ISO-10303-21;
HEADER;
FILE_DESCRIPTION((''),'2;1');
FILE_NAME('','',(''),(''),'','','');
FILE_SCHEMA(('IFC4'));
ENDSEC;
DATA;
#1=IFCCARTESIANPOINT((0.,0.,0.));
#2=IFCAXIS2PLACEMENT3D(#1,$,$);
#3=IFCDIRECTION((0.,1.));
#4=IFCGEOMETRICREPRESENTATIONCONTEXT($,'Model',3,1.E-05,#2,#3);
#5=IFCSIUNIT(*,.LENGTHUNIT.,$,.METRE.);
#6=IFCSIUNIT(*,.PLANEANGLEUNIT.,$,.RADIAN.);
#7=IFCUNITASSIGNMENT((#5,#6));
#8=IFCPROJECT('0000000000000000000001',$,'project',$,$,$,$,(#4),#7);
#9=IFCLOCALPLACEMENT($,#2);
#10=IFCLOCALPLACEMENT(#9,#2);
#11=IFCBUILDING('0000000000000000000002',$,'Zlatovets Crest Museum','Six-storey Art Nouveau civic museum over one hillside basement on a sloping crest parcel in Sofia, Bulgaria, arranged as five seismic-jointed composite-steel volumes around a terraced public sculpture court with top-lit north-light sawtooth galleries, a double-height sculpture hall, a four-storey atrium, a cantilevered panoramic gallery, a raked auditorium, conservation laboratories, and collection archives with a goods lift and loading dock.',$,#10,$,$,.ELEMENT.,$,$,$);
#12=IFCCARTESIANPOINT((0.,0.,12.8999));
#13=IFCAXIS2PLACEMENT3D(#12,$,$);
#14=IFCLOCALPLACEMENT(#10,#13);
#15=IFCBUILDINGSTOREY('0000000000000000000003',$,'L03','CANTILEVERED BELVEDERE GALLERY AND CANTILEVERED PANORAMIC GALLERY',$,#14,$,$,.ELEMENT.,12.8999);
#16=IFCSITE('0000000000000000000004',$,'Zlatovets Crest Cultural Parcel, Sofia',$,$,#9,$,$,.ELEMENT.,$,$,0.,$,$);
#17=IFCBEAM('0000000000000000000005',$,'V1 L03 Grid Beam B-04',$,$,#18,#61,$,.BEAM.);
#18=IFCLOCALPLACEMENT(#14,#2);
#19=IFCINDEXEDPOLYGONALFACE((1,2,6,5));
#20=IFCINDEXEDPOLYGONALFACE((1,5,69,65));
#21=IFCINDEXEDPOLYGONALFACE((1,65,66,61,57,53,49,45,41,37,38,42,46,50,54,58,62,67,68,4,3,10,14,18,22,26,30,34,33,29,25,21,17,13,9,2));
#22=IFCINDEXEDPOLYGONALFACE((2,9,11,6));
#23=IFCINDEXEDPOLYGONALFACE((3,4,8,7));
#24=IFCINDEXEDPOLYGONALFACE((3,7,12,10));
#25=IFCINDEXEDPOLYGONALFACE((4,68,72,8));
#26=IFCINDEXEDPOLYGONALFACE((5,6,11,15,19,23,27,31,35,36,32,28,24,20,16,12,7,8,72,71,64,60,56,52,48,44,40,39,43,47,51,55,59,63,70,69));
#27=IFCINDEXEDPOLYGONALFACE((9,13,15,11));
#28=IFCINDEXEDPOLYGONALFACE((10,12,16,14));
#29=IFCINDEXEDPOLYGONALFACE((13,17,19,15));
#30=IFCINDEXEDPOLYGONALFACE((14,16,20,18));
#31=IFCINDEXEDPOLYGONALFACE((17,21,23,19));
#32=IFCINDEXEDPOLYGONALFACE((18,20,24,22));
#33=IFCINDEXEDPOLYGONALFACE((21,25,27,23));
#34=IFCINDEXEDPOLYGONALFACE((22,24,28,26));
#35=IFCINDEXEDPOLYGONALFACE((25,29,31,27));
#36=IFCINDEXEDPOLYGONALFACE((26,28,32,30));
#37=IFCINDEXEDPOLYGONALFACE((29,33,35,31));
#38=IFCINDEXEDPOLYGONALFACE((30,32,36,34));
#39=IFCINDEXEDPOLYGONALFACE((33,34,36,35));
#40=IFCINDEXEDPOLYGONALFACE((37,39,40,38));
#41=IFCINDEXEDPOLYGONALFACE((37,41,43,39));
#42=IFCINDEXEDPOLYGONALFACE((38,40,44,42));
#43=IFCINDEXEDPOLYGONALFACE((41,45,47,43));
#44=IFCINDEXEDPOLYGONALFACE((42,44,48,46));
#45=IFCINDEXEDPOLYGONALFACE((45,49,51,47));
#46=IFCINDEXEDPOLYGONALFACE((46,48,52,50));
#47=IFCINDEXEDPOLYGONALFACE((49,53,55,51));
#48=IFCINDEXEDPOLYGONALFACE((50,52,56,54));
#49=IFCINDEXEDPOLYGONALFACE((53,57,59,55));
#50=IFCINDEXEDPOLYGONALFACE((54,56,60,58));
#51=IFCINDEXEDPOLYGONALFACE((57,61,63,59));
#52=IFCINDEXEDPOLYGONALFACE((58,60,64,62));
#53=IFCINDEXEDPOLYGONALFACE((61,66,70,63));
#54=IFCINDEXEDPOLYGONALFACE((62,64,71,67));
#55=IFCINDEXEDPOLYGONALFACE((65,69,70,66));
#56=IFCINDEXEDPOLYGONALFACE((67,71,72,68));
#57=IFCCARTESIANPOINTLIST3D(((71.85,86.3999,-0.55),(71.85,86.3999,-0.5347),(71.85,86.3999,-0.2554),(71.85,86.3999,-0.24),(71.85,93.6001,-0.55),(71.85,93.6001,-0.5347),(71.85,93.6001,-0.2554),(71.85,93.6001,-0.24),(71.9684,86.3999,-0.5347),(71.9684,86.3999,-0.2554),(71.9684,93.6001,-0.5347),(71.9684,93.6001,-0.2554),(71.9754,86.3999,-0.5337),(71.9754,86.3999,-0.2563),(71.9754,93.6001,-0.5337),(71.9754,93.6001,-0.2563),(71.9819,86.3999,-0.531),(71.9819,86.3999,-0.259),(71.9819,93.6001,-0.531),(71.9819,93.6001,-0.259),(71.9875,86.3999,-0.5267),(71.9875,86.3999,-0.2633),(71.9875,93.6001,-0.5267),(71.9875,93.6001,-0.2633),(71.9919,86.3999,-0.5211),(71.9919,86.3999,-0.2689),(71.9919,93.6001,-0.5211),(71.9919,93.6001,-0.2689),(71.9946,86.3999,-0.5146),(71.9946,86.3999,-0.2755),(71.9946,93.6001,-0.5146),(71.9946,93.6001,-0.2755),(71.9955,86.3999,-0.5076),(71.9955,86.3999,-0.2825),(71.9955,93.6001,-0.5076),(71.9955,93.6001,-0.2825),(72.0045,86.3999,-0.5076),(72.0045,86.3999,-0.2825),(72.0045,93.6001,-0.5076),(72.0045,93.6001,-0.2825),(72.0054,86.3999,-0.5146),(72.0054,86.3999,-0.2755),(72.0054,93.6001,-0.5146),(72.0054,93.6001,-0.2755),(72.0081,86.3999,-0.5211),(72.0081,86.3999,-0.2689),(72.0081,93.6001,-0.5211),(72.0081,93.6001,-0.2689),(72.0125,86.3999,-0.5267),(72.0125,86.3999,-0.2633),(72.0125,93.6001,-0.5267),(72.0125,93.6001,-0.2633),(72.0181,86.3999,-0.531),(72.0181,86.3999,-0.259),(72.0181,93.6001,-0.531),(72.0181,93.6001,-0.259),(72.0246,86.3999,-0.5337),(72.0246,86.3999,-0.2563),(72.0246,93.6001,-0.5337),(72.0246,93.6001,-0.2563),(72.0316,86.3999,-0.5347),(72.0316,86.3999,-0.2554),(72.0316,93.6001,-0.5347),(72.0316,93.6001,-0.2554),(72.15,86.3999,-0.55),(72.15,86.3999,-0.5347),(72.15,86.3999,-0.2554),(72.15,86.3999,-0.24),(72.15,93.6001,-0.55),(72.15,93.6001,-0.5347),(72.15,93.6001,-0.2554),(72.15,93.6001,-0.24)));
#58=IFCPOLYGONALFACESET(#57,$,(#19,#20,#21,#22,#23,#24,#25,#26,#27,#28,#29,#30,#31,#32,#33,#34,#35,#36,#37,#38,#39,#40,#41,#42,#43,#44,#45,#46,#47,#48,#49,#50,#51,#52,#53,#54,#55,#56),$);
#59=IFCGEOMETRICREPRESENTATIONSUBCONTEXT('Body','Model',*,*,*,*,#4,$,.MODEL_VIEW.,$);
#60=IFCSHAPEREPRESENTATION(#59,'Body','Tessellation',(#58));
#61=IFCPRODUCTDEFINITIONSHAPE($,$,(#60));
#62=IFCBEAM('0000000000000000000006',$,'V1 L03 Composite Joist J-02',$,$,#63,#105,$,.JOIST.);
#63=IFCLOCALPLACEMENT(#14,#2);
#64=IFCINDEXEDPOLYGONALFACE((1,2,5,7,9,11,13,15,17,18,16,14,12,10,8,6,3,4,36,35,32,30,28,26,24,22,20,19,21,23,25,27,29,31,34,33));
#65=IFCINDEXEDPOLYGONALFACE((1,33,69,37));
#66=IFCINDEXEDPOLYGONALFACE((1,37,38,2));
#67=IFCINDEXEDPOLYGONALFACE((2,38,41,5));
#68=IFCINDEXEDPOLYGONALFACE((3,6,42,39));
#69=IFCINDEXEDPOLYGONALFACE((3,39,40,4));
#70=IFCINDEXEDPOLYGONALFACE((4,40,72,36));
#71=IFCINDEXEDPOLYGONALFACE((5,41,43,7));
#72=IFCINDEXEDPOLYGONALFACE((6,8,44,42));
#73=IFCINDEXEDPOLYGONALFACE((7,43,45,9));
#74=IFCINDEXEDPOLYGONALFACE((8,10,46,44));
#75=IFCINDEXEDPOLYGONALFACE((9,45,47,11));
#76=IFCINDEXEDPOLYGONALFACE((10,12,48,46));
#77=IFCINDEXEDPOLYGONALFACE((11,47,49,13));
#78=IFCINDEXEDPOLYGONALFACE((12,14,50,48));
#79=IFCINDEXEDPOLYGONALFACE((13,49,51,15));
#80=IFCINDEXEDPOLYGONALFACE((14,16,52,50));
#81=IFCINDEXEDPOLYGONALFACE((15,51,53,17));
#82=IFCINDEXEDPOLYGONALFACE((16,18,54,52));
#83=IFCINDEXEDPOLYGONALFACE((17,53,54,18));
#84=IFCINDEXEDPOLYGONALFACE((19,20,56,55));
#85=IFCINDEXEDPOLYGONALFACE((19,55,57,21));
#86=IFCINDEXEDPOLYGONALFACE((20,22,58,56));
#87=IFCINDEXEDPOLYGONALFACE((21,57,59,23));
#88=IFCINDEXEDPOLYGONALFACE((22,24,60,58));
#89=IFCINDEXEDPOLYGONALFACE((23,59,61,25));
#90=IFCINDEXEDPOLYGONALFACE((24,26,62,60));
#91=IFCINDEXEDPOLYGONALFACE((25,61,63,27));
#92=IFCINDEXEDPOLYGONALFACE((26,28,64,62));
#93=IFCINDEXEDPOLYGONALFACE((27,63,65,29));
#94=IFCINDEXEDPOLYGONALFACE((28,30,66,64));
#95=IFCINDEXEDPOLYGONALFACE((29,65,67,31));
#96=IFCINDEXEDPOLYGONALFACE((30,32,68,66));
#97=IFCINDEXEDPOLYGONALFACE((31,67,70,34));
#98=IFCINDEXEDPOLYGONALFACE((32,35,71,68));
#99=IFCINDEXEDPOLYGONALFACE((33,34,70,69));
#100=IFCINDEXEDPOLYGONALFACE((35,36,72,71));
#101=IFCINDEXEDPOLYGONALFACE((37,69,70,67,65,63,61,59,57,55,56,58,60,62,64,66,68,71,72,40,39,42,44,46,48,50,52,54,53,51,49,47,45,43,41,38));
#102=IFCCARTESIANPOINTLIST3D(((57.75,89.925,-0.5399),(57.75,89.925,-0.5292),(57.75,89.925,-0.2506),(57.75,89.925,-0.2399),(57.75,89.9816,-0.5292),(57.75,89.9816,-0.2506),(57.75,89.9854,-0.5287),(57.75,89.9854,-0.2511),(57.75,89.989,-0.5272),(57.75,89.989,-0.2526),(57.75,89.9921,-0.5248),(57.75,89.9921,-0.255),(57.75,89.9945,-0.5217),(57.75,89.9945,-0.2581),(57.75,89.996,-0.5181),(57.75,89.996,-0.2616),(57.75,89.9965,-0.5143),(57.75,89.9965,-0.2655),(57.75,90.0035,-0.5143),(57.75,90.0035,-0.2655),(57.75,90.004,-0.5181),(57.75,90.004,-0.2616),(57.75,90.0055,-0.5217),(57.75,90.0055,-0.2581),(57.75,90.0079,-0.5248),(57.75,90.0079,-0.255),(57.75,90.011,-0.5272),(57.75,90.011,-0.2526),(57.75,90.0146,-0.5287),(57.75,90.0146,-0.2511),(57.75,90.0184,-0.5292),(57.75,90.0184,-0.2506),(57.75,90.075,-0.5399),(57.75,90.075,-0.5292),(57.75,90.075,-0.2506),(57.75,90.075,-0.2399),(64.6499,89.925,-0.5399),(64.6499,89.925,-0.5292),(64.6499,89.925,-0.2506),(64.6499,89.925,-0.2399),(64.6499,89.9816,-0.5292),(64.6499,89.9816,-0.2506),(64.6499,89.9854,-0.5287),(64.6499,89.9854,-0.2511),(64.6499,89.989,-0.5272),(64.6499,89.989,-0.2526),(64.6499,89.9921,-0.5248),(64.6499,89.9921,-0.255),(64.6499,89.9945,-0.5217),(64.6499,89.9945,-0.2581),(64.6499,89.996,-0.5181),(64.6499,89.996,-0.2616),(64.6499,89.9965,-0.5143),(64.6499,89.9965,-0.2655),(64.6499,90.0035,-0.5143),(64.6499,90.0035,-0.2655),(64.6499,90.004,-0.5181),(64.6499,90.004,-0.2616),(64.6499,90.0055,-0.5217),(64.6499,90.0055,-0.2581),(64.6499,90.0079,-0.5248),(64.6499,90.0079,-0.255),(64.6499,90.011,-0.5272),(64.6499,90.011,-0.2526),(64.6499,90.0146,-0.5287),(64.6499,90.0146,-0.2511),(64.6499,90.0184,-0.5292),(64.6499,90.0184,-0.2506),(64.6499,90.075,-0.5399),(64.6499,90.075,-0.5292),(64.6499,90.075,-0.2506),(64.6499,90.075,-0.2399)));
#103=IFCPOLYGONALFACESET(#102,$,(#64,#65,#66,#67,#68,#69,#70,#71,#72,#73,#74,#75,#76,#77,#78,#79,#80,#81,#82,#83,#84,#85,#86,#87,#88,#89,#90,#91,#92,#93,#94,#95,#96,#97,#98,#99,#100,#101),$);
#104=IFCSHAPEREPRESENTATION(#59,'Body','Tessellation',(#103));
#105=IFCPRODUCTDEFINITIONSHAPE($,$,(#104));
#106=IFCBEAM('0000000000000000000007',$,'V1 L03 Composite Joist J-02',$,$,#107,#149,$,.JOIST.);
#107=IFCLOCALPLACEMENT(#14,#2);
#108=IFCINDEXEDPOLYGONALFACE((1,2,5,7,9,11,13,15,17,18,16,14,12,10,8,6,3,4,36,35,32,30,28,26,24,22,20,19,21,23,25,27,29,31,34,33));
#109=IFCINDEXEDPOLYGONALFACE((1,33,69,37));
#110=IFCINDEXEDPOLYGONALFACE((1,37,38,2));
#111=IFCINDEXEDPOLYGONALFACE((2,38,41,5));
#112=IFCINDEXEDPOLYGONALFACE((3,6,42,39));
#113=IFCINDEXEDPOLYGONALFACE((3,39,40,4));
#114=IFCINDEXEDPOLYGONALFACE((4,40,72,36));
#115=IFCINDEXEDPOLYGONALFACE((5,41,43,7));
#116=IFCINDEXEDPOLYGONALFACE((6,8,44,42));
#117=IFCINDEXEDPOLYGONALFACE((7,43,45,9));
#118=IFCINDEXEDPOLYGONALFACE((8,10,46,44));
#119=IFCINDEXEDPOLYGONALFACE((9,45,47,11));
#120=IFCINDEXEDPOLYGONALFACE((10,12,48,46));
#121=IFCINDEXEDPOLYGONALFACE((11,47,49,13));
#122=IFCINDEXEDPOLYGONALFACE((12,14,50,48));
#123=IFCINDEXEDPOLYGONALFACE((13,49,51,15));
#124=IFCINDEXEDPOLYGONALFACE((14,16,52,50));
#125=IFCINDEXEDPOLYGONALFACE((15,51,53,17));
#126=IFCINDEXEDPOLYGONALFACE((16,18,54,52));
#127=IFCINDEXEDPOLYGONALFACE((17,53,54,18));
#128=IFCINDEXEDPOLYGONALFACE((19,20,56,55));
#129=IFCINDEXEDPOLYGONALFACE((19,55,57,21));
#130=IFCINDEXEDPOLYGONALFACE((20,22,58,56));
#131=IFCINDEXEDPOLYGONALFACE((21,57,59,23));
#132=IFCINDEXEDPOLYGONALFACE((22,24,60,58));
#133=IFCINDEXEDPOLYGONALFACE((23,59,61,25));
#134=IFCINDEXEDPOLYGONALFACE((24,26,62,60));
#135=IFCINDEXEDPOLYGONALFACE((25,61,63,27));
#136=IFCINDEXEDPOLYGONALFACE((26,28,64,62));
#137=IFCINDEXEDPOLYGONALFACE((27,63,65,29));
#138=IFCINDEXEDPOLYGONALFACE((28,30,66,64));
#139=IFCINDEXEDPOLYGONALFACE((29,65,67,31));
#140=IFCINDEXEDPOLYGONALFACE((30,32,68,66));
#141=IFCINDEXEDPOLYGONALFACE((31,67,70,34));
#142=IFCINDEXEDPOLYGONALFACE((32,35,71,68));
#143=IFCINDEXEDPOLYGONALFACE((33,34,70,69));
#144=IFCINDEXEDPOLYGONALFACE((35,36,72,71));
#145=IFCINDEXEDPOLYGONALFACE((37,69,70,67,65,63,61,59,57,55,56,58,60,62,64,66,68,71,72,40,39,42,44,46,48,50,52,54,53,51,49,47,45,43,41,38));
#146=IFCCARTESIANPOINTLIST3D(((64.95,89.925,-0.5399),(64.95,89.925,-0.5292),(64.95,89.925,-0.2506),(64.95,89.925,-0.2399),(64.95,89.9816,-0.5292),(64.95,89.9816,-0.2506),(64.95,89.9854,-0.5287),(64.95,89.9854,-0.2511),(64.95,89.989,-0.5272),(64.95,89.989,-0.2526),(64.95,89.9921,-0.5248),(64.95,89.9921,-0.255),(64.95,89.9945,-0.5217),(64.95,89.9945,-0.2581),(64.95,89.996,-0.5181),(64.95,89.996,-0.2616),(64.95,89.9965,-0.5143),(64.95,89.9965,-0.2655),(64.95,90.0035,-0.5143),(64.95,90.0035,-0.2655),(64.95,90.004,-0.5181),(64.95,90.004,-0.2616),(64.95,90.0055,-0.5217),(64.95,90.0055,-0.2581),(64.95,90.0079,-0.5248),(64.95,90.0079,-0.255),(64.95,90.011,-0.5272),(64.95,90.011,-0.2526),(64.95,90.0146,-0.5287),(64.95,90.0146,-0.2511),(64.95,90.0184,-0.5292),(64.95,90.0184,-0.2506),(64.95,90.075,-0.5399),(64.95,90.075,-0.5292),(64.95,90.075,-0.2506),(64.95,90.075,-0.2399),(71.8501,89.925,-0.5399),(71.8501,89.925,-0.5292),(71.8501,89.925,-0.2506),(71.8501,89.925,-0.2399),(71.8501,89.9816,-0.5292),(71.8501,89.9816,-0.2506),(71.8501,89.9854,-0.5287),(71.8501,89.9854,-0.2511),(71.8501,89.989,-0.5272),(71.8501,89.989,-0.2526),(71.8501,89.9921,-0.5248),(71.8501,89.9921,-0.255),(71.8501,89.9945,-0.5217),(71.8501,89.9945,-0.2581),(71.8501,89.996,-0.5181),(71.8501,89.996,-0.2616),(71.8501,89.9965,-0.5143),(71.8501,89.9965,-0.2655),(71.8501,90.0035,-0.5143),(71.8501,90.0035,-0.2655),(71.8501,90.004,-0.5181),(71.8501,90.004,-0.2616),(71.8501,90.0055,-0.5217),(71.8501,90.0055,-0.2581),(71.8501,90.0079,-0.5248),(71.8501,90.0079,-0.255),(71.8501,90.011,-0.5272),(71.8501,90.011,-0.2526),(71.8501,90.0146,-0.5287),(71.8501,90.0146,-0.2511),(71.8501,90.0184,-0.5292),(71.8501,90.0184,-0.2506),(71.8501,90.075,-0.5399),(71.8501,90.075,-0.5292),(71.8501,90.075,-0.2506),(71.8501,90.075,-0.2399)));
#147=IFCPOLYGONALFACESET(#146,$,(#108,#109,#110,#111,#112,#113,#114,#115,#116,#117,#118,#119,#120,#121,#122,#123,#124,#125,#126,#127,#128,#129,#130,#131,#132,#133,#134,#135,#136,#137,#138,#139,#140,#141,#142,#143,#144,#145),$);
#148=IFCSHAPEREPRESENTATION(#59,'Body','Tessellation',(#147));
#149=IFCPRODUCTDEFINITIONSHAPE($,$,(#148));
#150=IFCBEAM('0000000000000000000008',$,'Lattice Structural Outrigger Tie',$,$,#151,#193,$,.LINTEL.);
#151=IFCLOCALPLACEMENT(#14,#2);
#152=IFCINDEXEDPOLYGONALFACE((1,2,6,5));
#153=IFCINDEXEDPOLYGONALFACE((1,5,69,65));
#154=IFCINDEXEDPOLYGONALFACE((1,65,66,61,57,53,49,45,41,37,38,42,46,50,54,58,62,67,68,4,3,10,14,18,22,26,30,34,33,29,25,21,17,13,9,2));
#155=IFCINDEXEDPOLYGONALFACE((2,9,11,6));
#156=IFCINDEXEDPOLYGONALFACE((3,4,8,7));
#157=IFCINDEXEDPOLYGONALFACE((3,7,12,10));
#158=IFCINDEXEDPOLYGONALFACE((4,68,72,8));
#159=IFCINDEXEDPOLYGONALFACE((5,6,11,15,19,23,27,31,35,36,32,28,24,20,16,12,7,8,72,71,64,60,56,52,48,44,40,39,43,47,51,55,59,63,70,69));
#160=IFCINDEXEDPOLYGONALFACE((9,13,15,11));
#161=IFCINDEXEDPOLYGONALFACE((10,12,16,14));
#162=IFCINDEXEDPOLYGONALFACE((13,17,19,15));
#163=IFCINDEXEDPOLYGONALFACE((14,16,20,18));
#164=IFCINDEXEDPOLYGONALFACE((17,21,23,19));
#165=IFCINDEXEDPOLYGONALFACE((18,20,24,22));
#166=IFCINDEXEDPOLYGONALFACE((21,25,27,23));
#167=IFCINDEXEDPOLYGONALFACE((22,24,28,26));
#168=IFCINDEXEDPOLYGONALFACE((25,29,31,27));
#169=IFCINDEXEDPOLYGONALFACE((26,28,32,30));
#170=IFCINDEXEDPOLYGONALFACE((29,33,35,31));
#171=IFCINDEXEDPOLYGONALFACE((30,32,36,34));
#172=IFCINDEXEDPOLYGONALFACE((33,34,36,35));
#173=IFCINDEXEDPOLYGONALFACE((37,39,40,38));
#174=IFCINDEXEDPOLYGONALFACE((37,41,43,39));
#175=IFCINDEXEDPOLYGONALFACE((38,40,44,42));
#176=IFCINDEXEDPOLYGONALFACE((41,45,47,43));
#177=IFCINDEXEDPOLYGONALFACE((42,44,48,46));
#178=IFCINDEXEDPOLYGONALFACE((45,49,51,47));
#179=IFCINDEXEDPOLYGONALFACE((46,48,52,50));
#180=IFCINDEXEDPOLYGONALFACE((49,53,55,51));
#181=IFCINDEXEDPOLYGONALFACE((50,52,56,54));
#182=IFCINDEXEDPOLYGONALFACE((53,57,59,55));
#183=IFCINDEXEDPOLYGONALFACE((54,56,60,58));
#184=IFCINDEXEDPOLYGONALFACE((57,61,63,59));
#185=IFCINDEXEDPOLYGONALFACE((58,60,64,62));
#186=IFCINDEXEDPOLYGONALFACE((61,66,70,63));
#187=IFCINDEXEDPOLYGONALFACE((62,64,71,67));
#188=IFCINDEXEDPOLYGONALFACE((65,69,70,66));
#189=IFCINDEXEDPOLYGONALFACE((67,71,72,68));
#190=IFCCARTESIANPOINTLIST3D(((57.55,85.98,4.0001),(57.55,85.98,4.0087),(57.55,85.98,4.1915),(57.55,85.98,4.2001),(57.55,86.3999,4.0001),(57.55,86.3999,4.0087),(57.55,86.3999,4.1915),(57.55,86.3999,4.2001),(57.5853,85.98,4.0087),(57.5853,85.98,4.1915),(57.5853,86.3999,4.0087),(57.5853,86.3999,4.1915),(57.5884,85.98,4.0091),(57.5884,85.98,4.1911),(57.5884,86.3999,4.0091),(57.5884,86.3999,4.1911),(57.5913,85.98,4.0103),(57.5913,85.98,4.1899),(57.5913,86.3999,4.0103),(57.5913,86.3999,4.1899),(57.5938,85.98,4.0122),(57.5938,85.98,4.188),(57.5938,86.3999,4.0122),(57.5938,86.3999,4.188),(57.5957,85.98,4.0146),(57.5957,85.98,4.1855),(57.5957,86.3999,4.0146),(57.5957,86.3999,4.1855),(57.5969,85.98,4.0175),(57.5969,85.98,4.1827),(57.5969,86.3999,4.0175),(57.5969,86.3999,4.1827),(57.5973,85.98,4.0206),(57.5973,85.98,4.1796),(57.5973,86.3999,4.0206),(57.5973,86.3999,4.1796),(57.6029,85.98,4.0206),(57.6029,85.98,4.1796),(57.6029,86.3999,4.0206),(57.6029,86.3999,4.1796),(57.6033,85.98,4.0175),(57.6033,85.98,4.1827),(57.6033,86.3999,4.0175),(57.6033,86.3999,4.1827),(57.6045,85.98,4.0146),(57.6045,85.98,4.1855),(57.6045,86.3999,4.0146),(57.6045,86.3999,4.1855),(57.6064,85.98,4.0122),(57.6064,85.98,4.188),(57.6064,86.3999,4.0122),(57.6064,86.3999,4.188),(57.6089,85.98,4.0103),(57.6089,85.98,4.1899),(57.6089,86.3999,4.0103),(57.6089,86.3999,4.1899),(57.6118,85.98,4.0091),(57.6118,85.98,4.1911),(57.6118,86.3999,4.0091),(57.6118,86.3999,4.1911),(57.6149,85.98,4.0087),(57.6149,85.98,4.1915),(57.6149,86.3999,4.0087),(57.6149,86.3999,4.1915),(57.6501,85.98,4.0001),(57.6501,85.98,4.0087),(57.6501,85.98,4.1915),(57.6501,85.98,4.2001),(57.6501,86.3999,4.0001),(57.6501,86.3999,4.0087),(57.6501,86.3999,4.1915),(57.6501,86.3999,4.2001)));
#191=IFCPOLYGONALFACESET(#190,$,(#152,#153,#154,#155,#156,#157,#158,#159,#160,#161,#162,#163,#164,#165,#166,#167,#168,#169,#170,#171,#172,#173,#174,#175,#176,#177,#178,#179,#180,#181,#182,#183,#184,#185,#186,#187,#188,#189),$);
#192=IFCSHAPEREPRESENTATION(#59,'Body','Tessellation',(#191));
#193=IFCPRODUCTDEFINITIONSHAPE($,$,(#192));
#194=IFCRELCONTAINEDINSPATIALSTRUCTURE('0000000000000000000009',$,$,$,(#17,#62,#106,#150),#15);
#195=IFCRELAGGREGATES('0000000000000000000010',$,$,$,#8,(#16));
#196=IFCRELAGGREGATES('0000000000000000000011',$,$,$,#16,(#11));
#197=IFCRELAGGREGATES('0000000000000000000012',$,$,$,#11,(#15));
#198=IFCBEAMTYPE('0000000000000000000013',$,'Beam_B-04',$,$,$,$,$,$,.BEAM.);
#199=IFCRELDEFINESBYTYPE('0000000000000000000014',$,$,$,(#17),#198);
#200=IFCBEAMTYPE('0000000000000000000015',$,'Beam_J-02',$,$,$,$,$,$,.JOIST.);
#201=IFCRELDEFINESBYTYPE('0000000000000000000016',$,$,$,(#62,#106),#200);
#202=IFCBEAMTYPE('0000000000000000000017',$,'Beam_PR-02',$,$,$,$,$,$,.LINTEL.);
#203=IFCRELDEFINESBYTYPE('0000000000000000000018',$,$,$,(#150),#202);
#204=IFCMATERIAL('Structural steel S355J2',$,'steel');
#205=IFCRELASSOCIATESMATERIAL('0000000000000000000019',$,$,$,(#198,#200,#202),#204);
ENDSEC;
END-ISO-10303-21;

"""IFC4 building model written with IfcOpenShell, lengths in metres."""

from ifc_helpers import new_model, si_unit, direction, frame, origin, origin_2d, place, context, subcontext, project, spatial, i_section, extrude, material, material_profile, profile_set, type_object, element, save


model = new_model("IFC4")

# Units and contexts
model_context = context("Model", 3, precision=1e-05, world=origin(), true_north=direction((0.0, 1.0)))
body_context = subcontext(model_context, "Body", "Model", "MODEL_VIEW")
ifc_project = project(units=[si_unit("LENGTHUNIT", "METRE"), si_unit("PLANEANGLEUNIT", "RADIAN")], contexts=[model_context])

# Site, building, storey
site_placement = place(None, origin())
site = spatial("IfcSite", under=ifc_project, at=site_placement, Name="Zlatovets Crest Cultural Parcel, Sofia", CompositionType="ELEMENT", RefElevation=0.0)
building_placement = place(site_placement, origin())
building = spatial("IfcBuilding", under=site, at=building_placement, Name="Zlatovets Crest Museum", Description="Six-storey Art Nouveau civic museum over one hillside basement on a sloping crest parcel in Sofia, Bulgaria, arranged as five seismic-jointed composite-steel volumes around a terraced public sculpture court with top-lit north-light sawtooth galleries, a double-height sculpture hall, a four-storey atrium, a cantilevered panoramic gallery, a raked auditorium, conservation laboratories, and collection archives with a goods lift and loading dock.", CompositionType="ELEMENT")
storey_placement = place(building_placement, frame((0.0, 0.0, 12.8999)))
storey = spatial("IfcBuildingStorey", under=building, at=storey_placement, Name="L03", Description="CANTILEVERED BELVEDERE GALLERY AND CANTILEVERED PANORAMIC GALLERY", CompositionType="ELEMENT", Elevation=12.8999)

# Shared definitions
ifc_material_1 = material(Name="Structural steel S355J2", Category="steel")

# Beams
ifc_material_profile_1 = material_profile(ifc_material_1, i_section(OverallWidth=0.3, OverallDepth=0.3101, WebThickness=0.009, FlangeThickness=0.0154, FilletRadius=0.0271, at=origin_2d()), Name="HEA 320")
ifc_profile_set_1 = profile_set([ifc_material_profile_1], Name="Structural steel S355J2")
beam_type_1 = type_object("IfcBeamType", Name="Beam_B-04", PredefinedType="BEAM", material=ifc_profile_set_1)
beam_1_placement = place(storey_placement, frame((72.0, 86.3999, -0.395), z_axis=(0.0, 1.0, 0.0), x_axis=(-1.0, 0.0, 0.0)))
element("IfcBeam", 1, at=beam_1_placement, inside=storey, type_object=beam_type_1, Name="V1 L03 Grid Beam B-04", PredefinedType="BEAM", context=body_context, shape_type="SweptSolid", body=[
    extrude(i_section(OverallWidth=0.3, OverallDepth=0.3101, WebThickness=0.009, FlangeThickness=0.0154, FilletRadius=0.0271, at=origin_2d()), origin(), (0.0, 0.0, 1.0), 7.2002),
])
ifc_material_profile_2 = material_profile(ifc_material_1, i_section(OverallWidth=0.1499, OverallDepth=0.3, WebThickness=0.0071, FlangeThickness=0.0107, FilletRadius=0.0149, at=origin_2d()), Name="IPE 300")
ifc_profile_set_2 = profile_set([ifc_material_profile_2], Name="Structural steel S355J2")
beam_type_2 = type_object("IfcBeamType", Name="Beam_J-02", PredefinedType="JOIST", material=ifc_profile_set_2)
beam_2_placement = place(storey_placement, frame((57.75, 90.0, -0.3899), z_axis=(1.0, 0.0, 0.0), x_axis=(0.0, 1.0, 0.0)))
element("IfcBeam", 2, at=beam_2_placement, inside=storey, type_object=beam_type_2, Name="V1 L03 Composite Joist J-02", PredefinedType="JOIST", context=body_context, shape_type="SweptSolid", body=[
    extrude(i_section(OverallWidth=0.1499, OverallDepth=0.3, WebThickness=0.0071, FlangeThickness=0.0107, FilletRadius=0.0149, at=origin_2d()), origin(), (0.0, 0.0, 1.0), 6.8999),
])
beam_3_placement = place(storey_placement, frame((64.95, 90.0, -0.3899), z_axis=(1.0, 0.0, 0.0), x_axis=(0.0, 1.0, 0.0)))
element("IfcBeam", 3, at=beam_3_placement, inside=storey, type_object=beam_type_2, Name="V1 L03 Composite Joist J-02", PredefinedType="JOIST", context=body_context, shape_type="SweptSolid", body=[
    extrude(i_section(OverallWidth=0.1499, OverallDepth=0.3, WebThickness=0.0071, FlangeThickness=0.0107, FilletRadius=0.0149, at=origin_2d()), origin(), (0.0, 0.0, 1.0), 6.9001),
])
ifc_material_profile_3 = material_profile(ifc_material_1, i_section(OverallWidth=0.1001, OverallDepth=0.2, WebThickness=0.0056, FlangeThickness=0.0085, FilletRadius=0.012, at=origin_2d()), Name="IPE 200")
ifc_profile_set_3 = profile_set([ifc_material_profile_3], Name="Structural steel S355J2")
beam_type_3 = type_object("IfcBeamType", Name="Beam_PR-02", PredefinedType="LINTEL", material=ifc_profile_set_3)
for number, where, z_axis, x_axis, name in (
    (4, (57.6001, 86.3999, 4.1001), (0.0, -1.0, 0.0), (1.0, 0.0, 0.0), "Lattice Structural Outrigger Tie"),
):
    element("IfcBeam", number, at=place(storey_placement, frame(where, z_axis=z_axis, x_axis=x_axis)), inside=storey, type_object=beam_type_3, Name=name, PredefinedType="LINTEL", context=body_context, shape_type="SweptSolid", body=[
        extrude(i_section(OverallWidth=0.1001, OverallDepth=0.2, WebThickness=0.0056, FlangeThickness=0.0085, FilletRadius=0.012, at=origin_2d()), origin(), (0.0, 0.0, 1.0), 0.4199),
    ])

save(model, "model.ifc")
